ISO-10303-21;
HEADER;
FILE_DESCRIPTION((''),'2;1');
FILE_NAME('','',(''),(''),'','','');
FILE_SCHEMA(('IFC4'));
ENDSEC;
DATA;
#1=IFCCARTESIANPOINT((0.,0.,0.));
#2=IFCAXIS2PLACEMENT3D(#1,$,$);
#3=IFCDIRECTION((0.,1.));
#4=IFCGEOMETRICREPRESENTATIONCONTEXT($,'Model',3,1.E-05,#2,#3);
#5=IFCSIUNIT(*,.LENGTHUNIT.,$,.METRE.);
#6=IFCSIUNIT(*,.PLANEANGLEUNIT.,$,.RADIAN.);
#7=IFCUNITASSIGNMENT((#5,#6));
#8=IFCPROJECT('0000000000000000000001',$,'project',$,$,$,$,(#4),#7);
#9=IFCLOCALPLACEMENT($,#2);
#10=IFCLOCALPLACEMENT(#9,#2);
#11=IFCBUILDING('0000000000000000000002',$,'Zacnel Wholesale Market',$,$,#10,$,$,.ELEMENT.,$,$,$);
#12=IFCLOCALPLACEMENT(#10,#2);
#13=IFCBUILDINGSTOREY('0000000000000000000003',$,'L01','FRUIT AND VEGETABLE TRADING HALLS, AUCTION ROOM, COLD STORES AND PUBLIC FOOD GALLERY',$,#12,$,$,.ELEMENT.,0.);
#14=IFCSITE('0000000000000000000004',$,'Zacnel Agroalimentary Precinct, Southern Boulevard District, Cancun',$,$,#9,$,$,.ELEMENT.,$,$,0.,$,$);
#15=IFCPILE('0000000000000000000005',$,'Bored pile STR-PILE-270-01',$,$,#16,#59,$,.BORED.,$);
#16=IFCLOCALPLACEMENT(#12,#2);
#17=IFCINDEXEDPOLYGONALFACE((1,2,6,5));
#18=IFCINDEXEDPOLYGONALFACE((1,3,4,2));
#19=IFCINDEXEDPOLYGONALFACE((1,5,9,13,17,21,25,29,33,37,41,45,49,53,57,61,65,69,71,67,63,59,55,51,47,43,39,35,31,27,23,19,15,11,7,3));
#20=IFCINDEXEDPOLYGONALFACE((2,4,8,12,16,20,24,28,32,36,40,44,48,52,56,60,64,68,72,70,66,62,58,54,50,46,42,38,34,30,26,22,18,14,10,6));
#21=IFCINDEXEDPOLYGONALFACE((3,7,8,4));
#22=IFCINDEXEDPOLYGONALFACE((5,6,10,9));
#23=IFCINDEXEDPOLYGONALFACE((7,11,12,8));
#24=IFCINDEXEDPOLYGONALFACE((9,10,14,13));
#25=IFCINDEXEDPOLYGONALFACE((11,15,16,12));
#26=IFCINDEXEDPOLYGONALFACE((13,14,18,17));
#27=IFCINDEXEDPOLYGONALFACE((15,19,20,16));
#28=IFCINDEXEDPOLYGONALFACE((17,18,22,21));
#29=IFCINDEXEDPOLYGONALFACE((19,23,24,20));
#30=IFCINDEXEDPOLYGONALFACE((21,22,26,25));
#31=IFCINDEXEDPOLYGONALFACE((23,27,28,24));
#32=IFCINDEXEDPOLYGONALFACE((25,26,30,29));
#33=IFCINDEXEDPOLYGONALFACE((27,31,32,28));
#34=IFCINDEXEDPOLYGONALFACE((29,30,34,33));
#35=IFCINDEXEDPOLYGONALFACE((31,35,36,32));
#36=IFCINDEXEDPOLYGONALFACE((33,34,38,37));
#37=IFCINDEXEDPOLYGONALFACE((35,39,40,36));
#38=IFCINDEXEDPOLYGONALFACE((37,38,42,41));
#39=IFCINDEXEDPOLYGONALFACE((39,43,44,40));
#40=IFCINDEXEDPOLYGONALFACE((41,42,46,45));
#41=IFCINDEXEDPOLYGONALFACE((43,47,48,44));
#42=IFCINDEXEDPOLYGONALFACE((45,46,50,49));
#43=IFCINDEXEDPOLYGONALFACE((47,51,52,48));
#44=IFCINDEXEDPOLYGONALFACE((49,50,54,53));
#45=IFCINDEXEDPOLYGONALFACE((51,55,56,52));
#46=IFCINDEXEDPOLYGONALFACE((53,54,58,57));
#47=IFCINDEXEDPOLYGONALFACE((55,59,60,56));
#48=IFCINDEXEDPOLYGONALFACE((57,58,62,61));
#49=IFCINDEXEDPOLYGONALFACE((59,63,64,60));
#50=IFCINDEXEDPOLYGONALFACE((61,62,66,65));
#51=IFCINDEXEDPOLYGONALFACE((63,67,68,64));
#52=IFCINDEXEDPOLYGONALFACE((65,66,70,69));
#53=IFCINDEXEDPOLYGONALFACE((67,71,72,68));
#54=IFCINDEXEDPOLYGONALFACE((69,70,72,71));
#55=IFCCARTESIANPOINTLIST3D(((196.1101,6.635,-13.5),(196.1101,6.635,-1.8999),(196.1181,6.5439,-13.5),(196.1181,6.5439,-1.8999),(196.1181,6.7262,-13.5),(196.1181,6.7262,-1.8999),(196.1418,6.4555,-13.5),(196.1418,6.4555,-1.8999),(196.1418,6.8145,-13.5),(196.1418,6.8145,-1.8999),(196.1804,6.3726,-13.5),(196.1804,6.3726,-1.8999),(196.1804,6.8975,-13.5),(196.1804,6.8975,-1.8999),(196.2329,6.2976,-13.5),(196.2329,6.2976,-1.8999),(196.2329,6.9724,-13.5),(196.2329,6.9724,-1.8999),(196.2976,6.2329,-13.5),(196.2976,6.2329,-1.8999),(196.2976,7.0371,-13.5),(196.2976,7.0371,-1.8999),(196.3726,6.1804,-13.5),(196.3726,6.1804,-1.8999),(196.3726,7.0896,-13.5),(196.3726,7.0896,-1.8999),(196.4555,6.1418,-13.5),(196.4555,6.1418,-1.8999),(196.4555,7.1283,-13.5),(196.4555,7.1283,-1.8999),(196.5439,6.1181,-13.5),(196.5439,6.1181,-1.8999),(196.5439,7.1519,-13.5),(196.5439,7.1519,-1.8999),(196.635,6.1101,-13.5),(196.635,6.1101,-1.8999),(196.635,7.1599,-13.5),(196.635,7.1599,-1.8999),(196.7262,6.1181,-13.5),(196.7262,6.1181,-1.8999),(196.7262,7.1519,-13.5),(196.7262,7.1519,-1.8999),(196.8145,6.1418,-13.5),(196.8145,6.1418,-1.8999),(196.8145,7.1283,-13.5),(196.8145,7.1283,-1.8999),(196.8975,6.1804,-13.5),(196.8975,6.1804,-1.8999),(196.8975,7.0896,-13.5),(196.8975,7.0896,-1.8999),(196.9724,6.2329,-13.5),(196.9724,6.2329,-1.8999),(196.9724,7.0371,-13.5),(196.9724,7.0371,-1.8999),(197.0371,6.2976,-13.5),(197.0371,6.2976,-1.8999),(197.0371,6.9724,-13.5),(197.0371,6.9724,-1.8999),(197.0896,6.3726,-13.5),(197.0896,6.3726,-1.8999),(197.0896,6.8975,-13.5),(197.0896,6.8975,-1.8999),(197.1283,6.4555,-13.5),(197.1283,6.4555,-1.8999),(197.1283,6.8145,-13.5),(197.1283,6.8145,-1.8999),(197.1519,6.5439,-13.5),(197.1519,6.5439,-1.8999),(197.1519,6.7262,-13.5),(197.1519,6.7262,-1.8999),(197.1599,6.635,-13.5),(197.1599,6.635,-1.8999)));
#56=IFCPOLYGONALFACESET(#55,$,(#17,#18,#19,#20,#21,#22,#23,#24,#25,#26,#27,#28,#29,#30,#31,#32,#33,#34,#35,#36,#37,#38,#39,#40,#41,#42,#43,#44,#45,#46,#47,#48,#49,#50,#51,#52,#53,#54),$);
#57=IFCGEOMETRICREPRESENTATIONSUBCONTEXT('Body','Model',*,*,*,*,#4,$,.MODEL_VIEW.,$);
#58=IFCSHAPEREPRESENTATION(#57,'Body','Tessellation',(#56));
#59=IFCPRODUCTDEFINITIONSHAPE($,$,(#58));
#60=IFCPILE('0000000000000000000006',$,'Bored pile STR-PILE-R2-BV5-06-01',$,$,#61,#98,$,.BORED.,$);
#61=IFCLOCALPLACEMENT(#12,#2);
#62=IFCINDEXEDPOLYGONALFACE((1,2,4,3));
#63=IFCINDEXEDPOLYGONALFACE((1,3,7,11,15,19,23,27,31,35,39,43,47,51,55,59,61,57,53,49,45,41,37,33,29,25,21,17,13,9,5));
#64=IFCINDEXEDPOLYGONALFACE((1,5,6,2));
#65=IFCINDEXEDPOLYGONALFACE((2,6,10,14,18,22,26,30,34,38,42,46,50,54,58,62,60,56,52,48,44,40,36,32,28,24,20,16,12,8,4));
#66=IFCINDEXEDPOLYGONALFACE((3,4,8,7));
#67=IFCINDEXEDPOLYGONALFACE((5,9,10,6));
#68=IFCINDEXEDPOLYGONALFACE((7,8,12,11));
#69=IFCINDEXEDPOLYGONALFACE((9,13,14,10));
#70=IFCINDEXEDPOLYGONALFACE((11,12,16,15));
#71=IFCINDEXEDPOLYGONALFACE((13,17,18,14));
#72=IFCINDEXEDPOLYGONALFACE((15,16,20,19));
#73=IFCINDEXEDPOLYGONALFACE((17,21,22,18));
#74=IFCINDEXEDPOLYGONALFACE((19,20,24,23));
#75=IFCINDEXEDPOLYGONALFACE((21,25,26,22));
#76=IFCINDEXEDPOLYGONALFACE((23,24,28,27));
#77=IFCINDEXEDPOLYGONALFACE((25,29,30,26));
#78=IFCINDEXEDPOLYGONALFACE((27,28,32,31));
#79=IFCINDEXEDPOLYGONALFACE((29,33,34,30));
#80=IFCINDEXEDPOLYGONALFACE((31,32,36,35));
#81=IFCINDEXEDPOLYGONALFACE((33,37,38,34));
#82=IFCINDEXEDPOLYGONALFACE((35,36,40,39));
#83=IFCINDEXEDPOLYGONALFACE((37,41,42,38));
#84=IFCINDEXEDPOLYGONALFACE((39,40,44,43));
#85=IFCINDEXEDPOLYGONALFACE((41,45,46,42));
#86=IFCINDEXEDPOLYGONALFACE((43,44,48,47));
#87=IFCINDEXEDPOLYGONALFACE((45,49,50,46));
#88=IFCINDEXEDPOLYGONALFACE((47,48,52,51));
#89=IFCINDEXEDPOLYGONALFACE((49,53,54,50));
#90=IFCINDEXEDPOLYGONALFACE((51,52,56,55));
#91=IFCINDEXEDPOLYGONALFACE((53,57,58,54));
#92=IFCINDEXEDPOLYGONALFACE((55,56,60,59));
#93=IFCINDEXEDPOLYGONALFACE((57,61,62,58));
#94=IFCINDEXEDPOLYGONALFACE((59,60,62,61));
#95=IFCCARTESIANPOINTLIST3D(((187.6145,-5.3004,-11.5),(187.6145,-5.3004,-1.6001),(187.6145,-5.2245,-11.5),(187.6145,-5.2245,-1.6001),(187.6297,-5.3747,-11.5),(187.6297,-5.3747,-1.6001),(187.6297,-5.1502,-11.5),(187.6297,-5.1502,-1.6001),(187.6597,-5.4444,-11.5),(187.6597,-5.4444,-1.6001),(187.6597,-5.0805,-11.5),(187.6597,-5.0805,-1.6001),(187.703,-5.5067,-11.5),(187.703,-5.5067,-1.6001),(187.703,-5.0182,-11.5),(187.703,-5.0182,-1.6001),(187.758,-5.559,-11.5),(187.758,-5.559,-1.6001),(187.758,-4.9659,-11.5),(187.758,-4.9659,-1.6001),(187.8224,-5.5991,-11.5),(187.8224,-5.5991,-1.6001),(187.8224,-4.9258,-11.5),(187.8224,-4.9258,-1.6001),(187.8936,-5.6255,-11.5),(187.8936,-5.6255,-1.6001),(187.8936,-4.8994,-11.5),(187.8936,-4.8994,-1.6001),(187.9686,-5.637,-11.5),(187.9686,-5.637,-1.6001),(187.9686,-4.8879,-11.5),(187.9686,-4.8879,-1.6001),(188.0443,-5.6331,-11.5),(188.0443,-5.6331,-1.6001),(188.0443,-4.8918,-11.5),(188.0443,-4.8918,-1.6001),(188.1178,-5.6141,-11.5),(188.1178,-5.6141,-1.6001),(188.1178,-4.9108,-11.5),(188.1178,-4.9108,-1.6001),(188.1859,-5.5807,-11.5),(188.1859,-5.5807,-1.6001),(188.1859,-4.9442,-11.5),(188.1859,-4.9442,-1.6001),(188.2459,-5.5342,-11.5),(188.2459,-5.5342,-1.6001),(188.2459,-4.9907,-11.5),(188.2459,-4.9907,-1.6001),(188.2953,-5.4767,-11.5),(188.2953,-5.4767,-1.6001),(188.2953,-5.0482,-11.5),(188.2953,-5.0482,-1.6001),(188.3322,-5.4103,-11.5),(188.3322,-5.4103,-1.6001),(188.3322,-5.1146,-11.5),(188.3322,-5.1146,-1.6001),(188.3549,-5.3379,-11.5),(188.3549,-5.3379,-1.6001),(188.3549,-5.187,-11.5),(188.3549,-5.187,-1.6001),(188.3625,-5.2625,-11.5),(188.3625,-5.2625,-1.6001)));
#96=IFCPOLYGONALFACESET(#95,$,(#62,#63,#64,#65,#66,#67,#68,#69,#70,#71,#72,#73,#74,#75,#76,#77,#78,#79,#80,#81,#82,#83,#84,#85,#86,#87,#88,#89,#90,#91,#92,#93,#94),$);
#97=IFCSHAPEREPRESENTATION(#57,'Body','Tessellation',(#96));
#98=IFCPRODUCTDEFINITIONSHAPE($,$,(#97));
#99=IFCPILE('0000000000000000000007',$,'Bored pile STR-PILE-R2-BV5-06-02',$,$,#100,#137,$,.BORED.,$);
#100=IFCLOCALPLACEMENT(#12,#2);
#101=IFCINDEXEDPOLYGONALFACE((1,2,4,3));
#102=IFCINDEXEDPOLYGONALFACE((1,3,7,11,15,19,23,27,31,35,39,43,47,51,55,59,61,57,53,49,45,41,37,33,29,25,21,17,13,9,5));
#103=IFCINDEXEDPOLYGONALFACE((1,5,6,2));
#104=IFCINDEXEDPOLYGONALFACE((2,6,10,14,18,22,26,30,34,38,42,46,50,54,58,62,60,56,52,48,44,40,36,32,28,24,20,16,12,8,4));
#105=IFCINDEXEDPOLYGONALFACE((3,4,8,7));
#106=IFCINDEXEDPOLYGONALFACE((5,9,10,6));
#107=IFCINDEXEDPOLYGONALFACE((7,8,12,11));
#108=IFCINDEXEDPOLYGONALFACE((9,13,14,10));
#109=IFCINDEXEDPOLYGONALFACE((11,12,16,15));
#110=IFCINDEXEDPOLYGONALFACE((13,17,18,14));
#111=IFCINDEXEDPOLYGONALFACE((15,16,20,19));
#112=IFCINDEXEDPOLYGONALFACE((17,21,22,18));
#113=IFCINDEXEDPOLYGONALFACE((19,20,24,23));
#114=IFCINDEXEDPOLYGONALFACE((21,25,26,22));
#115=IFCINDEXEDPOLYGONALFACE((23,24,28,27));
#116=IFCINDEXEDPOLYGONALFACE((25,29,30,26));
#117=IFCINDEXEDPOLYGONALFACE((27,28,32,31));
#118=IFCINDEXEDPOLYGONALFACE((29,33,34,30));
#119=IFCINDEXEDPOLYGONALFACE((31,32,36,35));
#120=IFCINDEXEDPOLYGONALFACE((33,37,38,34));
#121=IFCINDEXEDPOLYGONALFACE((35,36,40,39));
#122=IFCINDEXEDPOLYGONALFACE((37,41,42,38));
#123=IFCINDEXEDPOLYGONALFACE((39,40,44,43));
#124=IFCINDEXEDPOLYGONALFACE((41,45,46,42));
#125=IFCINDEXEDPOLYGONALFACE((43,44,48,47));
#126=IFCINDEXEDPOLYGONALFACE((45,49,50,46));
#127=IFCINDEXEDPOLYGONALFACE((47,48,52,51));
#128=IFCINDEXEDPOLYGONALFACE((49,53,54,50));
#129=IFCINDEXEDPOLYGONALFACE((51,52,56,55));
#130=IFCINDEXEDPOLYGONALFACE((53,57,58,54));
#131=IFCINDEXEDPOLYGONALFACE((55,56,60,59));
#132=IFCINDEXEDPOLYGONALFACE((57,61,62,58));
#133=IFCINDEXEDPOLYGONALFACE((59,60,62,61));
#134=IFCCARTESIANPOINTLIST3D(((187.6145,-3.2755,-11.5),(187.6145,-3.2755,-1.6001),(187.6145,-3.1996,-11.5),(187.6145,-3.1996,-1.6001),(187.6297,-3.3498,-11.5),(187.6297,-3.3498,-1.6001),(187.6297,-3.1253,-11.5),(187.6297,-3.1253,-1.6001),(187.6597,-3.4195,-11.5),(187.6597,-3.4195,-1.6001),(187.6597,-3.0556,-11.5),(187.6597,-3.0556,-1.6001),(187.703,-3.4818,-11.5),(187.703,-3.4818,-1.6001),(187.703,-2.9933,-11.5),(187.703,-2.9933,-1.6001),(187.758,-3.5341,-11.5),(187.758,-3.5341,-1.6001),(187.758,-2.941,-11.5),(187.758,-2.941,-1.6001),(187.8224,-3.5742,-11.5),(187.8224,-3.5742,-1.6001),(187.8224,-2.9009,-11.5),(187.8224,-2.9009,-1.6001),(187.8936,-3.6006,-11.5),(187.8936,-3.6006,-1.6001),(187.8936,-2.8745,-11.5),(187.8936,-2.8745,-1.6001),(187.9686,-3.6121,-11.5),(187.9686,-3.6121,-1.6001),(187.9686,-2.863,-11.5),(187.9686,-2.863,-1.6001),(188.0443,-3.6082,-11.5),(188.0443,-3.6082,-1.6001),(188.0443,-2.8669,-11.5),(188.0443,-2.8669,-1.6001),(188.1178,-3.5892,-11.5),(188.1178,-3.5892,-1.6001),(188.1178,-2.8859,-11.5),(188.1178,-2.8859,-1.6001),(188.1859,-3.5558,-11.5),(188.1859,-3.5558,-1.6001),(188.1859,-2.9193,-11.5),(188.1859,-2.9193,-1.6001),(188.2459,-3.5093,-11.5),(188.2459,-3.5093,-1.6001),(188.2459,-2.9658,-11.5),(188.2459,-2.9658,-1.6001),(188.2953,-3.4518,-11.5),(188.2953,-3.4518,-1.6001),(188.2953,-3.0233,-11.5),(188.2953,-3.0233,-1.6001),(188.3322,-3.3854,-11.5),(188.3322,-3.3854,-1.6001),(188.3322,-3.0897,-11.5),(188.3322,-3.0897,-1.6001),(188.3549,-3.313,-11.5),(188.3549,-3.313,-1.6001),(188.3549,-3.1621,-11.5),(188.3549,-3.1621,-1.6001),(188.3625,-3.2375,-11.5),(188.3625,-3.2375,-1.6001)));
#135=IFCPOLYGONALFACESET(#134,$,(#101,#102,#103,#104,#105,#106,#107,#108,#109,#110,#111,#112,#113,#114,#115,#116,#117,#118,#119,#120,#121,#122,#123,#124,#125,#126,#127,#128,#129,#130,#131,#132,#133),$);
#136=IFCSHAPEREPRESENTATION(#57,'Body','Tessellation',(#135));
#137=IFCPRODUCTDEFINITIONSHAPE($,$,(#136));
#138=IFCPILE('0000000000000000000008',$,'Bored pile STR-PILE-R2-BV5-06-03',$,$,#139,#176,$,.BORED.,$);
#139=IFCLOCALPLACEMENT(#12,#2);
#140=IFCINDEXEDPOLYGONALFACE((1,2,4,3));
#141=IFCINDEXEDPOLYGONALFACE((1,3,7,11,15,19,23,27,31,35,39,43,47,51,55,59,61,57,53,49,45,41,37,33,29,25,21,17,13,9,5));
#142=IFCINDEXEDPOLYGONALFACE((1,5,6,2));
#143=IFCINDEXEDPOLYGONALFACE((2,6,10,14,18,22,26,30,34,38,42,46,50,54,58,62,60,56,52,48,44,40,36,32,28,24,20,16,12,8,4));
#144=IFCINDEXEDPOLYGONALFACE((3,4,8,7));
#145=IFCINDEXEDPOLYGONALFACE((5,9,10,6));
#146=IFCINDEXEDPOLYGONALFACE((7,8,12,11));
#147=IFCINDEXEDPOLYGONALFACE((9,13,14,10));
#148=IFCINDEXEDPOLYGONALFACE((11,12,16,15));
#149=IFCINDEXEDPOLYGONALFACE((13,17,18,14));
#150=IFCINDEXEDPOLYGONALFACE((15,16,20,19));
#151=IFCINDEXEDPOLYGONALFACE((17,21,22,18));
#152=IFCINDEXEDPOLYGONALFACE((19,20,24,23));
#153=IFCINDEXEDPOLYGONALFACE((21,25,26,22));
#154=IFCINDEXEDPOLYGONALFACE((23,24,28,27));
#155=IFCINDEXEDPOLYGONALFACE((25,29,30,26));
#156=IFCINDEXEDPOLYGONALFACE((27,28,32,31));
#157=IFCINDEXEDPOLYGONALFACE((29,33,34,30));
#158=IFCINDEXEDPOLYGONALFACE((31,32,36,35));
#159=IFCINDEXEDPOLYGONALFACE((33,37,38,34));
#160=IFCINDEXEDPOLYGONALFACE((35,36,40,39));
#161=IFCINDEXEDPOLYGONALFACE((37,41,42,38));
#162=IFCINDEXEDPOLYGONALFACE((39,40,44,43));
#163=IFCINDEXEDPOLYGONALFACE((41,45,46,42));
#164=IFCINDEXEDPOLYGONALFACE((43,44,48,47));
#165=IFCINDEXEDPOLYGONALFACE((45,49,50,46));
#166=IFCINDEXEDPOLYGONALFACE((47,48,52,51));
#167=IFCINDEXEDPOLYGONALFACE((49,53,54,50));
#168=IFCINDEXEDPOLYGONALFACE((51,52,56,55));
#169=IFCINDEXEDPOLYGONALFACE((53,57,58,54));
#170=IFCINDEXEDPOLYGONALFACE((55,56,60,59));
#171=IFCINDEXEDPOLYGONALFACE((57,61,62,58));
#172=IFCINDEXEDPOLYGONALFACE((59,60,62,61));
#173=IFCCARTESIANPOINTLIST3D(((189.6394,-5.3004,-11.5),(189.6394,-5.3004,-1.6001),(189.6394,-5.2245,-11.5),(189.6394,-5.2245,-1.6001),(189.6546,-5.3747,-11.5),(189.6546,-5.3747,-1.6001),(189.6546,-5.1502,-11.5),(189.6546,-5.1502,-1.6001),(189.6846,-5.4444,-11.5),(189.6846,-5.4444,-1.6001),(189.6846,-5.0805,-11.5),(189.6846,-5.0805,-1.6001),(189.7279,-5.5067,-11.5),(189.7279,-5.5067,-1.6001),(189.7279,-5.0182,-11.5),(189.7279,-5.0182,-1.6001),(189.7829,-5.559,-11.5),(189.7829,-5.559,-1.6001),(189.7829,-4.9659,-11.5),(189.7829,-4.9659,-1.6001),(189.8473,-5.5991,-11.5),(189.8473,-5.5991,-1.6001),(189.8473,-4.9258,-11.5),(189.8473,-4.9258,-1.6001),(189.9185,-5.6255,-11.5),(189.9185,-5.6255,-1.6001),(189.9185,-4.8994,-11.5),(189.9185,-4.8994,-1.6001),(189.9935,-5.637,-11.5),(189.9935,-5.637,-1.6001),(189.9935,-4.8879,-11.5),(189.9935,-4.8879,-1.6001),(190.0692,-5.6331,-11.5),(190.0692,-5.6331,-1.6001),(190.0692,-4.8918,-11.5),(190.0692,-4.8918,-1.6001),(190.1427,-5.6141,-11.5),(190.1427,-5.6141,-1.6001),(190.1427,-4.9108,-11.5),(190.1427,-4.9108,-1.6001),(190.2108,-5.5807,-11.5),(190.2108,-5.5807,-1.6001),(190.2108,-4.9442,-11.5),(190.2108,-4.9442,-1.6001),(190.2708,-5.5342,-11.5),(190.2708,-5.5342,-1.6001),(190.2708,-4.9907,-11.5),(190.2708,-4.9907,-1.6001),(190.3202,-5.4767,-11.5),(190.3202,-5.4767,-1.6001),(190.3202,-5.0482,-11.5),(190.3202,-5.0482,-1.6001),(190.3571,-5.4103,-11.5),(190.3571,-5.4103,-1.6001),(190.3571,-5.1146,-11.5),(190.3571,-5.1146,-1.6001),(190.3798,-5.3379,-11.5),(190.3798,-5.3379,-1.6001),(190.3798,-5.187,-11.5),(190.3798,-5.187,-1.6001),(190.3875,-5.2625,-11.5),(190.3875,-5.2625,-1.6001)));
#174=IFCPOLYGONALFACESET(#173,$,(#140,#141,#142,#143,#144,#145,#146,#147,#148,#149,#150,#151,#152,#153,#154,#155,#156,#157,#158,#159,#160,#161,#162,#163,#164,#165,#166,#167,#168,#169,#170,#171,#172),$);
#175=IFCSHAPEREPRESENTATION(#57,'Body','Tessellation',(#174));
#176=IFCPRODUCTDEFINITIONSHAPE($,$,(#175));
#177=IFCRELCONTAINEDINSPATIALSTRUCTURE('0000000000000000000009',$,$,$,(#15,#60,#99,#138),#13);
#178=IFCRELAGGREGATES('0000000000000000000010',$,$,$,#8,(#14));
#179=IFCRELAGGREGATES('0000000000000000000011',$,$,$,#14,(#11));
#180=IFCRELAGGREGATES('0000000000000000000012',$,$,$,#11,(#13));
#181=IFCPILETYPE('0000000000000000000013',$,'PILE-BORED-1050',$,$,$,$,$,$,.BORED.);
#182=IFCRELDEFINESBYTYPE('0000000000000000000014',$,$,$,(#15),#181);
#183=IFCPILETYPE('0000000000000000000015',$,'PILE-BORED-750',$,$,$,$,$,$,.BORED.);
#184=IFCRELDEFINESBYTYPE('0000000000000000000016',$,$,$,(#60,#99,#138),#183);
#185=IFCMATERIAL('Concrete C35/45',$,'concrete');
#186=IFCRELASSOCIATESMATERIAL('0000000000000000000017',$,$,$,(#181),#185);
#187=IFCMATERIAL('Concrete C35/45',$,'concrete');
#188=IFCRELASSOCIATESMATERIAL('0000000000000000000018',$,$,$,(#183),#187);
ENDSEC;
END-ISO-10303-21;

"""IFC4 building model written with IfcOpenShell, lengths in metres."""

from ifc_helpers import new_model, si_unit, direction, frame, origin, origin_2d, place, context, subcontext, project, spatial, circle, extrude, material, material_profile, profile_set, type_object, element, save


model = new_model("IFC4")

# Units and contexts
model_context = context("Model", 3, precision=1e-05, world=origin(), true_north=direction((0.0, 1.0)))
body_context = subcontext(model_context, "Body", "Model", "MODEL_VIEW")
ifc_project = project(units=[si_unit("LENGTHUNIT", "METRE"), si_unit("PLANEANGLEUNIT", "RADIAN")], contexts=[model_context])

# Site, building, storey
site_placement = place(None, origin())
site = spatial("IfcSite", under=ifc_project, at=site_placement, Name="Zacnel Agroalimentary Precinct, Southern Boulevard District, Cancun", CompositionType="ELEMENT", RefElevation=0.0)
building_placement = place(site_placement, origin())
building = spatial("IfcBuilding", under=site, at=building_placement, Name="Zacnel Wholesale Market", CompositionType="ELEMENT")
storey_placement = place(building_placement, origin())
storey = spatial("IfcBuildingStorey", under=building, at=storey_placement, Name="L01", Description="FRUIT AND VEGETABLE TRADING HALLS, AUCTION ROOM, COLD STORES AND PUBLIC FOOD GALLERY", CompositionType="ELEMENT", Elevation=0.0)

# Piles
ifc_material_1 = material(Name="Concrete C35/45", Category="concrete")
ifc_material_profile_1 = material_profile(ifc_material_1, circle(Radius=0.5249, at=origin_2d()), Name="BORED PILE D1050")
ifc_profile_set_1 = profile_set([ifc_material_profile_1], Name="Concrete C35/45")
pile_type_1 = type_object("IfcPileType", Name="PILE-BORED-1050", PredefinedType="BORED", material=ifc_profile_set_1)
pile_1_placement = place(storey_placement, frame((196.635, 6.635, -1.8999), z_axis=(0.0, 0.0, -1.0), x_axis=(1.0, 0.0, 0.0)))
element("IfcPile", 1, at=pile_1_placement, inside=storey, type_object=pile_type_1, Name="Bored pile STR-PILE-270-01", PredefinedType="BORED", context=body_context, shape_type="SweptSolid", body=[
    extrude(circle(Radius=0.5249, at=origin_2d()), origin(), (0.0, 0.0, 1.0), 11.6001),
])
ifc_material_2 = material(Name="Concrete C35/45", Category="concrete")
ifc_material_profile_2 = material_profile(ifc_material_2, circle(Radius=0.375, at=origin_2d()), Name="BORED PILE D750")
ifc_profile_set_2 = profile_set([ifc_material_profile_2], Name="Concrete C35/45")
pile_type_2 = type_object("IfcPileType", Name="PILE-BORED-750", PredefinedType="BORED", material=ifc_profile_set_2)
for number, where, z_axis, x_axis, name in (
    (2, (187.9875, -5.2625, -1.6001), (0.0, 0.0, -1.0), (1.0, 0.0, 0.0), "Bored pile STR-PILE-R2-BV5-06-01"),
    (3, (187.9875, -3.2375, -1.6001), (0.0, 0.0, -1.0), (1.0, 0.0, 0.0), "Bored pile STR-PILE-R2-BV5-06-02"),
    (4, (190.0125, -5.2625, -1.6001), (0.0, 0.0, -1.0), (1.0, 0.0, 0.0), "Bored pile STR-PILE-R2-BV5-06-03"),
):
    element("IfcPile", number, at=place(storey_placement, frame(where, z_axis=z_axis, x_axis=x_axis)), inside=storey, type_object=pile_type_2, Name=name, PredefinedType="BORED", context=body_context, shape_type="SweptSolid", body=[
        extrude(circle(Radius=0.375, at=origin_2d()), origin(), (0.0, 0.0, 1.0), 9.8999),
    ])

save(model, "model.ifc")
